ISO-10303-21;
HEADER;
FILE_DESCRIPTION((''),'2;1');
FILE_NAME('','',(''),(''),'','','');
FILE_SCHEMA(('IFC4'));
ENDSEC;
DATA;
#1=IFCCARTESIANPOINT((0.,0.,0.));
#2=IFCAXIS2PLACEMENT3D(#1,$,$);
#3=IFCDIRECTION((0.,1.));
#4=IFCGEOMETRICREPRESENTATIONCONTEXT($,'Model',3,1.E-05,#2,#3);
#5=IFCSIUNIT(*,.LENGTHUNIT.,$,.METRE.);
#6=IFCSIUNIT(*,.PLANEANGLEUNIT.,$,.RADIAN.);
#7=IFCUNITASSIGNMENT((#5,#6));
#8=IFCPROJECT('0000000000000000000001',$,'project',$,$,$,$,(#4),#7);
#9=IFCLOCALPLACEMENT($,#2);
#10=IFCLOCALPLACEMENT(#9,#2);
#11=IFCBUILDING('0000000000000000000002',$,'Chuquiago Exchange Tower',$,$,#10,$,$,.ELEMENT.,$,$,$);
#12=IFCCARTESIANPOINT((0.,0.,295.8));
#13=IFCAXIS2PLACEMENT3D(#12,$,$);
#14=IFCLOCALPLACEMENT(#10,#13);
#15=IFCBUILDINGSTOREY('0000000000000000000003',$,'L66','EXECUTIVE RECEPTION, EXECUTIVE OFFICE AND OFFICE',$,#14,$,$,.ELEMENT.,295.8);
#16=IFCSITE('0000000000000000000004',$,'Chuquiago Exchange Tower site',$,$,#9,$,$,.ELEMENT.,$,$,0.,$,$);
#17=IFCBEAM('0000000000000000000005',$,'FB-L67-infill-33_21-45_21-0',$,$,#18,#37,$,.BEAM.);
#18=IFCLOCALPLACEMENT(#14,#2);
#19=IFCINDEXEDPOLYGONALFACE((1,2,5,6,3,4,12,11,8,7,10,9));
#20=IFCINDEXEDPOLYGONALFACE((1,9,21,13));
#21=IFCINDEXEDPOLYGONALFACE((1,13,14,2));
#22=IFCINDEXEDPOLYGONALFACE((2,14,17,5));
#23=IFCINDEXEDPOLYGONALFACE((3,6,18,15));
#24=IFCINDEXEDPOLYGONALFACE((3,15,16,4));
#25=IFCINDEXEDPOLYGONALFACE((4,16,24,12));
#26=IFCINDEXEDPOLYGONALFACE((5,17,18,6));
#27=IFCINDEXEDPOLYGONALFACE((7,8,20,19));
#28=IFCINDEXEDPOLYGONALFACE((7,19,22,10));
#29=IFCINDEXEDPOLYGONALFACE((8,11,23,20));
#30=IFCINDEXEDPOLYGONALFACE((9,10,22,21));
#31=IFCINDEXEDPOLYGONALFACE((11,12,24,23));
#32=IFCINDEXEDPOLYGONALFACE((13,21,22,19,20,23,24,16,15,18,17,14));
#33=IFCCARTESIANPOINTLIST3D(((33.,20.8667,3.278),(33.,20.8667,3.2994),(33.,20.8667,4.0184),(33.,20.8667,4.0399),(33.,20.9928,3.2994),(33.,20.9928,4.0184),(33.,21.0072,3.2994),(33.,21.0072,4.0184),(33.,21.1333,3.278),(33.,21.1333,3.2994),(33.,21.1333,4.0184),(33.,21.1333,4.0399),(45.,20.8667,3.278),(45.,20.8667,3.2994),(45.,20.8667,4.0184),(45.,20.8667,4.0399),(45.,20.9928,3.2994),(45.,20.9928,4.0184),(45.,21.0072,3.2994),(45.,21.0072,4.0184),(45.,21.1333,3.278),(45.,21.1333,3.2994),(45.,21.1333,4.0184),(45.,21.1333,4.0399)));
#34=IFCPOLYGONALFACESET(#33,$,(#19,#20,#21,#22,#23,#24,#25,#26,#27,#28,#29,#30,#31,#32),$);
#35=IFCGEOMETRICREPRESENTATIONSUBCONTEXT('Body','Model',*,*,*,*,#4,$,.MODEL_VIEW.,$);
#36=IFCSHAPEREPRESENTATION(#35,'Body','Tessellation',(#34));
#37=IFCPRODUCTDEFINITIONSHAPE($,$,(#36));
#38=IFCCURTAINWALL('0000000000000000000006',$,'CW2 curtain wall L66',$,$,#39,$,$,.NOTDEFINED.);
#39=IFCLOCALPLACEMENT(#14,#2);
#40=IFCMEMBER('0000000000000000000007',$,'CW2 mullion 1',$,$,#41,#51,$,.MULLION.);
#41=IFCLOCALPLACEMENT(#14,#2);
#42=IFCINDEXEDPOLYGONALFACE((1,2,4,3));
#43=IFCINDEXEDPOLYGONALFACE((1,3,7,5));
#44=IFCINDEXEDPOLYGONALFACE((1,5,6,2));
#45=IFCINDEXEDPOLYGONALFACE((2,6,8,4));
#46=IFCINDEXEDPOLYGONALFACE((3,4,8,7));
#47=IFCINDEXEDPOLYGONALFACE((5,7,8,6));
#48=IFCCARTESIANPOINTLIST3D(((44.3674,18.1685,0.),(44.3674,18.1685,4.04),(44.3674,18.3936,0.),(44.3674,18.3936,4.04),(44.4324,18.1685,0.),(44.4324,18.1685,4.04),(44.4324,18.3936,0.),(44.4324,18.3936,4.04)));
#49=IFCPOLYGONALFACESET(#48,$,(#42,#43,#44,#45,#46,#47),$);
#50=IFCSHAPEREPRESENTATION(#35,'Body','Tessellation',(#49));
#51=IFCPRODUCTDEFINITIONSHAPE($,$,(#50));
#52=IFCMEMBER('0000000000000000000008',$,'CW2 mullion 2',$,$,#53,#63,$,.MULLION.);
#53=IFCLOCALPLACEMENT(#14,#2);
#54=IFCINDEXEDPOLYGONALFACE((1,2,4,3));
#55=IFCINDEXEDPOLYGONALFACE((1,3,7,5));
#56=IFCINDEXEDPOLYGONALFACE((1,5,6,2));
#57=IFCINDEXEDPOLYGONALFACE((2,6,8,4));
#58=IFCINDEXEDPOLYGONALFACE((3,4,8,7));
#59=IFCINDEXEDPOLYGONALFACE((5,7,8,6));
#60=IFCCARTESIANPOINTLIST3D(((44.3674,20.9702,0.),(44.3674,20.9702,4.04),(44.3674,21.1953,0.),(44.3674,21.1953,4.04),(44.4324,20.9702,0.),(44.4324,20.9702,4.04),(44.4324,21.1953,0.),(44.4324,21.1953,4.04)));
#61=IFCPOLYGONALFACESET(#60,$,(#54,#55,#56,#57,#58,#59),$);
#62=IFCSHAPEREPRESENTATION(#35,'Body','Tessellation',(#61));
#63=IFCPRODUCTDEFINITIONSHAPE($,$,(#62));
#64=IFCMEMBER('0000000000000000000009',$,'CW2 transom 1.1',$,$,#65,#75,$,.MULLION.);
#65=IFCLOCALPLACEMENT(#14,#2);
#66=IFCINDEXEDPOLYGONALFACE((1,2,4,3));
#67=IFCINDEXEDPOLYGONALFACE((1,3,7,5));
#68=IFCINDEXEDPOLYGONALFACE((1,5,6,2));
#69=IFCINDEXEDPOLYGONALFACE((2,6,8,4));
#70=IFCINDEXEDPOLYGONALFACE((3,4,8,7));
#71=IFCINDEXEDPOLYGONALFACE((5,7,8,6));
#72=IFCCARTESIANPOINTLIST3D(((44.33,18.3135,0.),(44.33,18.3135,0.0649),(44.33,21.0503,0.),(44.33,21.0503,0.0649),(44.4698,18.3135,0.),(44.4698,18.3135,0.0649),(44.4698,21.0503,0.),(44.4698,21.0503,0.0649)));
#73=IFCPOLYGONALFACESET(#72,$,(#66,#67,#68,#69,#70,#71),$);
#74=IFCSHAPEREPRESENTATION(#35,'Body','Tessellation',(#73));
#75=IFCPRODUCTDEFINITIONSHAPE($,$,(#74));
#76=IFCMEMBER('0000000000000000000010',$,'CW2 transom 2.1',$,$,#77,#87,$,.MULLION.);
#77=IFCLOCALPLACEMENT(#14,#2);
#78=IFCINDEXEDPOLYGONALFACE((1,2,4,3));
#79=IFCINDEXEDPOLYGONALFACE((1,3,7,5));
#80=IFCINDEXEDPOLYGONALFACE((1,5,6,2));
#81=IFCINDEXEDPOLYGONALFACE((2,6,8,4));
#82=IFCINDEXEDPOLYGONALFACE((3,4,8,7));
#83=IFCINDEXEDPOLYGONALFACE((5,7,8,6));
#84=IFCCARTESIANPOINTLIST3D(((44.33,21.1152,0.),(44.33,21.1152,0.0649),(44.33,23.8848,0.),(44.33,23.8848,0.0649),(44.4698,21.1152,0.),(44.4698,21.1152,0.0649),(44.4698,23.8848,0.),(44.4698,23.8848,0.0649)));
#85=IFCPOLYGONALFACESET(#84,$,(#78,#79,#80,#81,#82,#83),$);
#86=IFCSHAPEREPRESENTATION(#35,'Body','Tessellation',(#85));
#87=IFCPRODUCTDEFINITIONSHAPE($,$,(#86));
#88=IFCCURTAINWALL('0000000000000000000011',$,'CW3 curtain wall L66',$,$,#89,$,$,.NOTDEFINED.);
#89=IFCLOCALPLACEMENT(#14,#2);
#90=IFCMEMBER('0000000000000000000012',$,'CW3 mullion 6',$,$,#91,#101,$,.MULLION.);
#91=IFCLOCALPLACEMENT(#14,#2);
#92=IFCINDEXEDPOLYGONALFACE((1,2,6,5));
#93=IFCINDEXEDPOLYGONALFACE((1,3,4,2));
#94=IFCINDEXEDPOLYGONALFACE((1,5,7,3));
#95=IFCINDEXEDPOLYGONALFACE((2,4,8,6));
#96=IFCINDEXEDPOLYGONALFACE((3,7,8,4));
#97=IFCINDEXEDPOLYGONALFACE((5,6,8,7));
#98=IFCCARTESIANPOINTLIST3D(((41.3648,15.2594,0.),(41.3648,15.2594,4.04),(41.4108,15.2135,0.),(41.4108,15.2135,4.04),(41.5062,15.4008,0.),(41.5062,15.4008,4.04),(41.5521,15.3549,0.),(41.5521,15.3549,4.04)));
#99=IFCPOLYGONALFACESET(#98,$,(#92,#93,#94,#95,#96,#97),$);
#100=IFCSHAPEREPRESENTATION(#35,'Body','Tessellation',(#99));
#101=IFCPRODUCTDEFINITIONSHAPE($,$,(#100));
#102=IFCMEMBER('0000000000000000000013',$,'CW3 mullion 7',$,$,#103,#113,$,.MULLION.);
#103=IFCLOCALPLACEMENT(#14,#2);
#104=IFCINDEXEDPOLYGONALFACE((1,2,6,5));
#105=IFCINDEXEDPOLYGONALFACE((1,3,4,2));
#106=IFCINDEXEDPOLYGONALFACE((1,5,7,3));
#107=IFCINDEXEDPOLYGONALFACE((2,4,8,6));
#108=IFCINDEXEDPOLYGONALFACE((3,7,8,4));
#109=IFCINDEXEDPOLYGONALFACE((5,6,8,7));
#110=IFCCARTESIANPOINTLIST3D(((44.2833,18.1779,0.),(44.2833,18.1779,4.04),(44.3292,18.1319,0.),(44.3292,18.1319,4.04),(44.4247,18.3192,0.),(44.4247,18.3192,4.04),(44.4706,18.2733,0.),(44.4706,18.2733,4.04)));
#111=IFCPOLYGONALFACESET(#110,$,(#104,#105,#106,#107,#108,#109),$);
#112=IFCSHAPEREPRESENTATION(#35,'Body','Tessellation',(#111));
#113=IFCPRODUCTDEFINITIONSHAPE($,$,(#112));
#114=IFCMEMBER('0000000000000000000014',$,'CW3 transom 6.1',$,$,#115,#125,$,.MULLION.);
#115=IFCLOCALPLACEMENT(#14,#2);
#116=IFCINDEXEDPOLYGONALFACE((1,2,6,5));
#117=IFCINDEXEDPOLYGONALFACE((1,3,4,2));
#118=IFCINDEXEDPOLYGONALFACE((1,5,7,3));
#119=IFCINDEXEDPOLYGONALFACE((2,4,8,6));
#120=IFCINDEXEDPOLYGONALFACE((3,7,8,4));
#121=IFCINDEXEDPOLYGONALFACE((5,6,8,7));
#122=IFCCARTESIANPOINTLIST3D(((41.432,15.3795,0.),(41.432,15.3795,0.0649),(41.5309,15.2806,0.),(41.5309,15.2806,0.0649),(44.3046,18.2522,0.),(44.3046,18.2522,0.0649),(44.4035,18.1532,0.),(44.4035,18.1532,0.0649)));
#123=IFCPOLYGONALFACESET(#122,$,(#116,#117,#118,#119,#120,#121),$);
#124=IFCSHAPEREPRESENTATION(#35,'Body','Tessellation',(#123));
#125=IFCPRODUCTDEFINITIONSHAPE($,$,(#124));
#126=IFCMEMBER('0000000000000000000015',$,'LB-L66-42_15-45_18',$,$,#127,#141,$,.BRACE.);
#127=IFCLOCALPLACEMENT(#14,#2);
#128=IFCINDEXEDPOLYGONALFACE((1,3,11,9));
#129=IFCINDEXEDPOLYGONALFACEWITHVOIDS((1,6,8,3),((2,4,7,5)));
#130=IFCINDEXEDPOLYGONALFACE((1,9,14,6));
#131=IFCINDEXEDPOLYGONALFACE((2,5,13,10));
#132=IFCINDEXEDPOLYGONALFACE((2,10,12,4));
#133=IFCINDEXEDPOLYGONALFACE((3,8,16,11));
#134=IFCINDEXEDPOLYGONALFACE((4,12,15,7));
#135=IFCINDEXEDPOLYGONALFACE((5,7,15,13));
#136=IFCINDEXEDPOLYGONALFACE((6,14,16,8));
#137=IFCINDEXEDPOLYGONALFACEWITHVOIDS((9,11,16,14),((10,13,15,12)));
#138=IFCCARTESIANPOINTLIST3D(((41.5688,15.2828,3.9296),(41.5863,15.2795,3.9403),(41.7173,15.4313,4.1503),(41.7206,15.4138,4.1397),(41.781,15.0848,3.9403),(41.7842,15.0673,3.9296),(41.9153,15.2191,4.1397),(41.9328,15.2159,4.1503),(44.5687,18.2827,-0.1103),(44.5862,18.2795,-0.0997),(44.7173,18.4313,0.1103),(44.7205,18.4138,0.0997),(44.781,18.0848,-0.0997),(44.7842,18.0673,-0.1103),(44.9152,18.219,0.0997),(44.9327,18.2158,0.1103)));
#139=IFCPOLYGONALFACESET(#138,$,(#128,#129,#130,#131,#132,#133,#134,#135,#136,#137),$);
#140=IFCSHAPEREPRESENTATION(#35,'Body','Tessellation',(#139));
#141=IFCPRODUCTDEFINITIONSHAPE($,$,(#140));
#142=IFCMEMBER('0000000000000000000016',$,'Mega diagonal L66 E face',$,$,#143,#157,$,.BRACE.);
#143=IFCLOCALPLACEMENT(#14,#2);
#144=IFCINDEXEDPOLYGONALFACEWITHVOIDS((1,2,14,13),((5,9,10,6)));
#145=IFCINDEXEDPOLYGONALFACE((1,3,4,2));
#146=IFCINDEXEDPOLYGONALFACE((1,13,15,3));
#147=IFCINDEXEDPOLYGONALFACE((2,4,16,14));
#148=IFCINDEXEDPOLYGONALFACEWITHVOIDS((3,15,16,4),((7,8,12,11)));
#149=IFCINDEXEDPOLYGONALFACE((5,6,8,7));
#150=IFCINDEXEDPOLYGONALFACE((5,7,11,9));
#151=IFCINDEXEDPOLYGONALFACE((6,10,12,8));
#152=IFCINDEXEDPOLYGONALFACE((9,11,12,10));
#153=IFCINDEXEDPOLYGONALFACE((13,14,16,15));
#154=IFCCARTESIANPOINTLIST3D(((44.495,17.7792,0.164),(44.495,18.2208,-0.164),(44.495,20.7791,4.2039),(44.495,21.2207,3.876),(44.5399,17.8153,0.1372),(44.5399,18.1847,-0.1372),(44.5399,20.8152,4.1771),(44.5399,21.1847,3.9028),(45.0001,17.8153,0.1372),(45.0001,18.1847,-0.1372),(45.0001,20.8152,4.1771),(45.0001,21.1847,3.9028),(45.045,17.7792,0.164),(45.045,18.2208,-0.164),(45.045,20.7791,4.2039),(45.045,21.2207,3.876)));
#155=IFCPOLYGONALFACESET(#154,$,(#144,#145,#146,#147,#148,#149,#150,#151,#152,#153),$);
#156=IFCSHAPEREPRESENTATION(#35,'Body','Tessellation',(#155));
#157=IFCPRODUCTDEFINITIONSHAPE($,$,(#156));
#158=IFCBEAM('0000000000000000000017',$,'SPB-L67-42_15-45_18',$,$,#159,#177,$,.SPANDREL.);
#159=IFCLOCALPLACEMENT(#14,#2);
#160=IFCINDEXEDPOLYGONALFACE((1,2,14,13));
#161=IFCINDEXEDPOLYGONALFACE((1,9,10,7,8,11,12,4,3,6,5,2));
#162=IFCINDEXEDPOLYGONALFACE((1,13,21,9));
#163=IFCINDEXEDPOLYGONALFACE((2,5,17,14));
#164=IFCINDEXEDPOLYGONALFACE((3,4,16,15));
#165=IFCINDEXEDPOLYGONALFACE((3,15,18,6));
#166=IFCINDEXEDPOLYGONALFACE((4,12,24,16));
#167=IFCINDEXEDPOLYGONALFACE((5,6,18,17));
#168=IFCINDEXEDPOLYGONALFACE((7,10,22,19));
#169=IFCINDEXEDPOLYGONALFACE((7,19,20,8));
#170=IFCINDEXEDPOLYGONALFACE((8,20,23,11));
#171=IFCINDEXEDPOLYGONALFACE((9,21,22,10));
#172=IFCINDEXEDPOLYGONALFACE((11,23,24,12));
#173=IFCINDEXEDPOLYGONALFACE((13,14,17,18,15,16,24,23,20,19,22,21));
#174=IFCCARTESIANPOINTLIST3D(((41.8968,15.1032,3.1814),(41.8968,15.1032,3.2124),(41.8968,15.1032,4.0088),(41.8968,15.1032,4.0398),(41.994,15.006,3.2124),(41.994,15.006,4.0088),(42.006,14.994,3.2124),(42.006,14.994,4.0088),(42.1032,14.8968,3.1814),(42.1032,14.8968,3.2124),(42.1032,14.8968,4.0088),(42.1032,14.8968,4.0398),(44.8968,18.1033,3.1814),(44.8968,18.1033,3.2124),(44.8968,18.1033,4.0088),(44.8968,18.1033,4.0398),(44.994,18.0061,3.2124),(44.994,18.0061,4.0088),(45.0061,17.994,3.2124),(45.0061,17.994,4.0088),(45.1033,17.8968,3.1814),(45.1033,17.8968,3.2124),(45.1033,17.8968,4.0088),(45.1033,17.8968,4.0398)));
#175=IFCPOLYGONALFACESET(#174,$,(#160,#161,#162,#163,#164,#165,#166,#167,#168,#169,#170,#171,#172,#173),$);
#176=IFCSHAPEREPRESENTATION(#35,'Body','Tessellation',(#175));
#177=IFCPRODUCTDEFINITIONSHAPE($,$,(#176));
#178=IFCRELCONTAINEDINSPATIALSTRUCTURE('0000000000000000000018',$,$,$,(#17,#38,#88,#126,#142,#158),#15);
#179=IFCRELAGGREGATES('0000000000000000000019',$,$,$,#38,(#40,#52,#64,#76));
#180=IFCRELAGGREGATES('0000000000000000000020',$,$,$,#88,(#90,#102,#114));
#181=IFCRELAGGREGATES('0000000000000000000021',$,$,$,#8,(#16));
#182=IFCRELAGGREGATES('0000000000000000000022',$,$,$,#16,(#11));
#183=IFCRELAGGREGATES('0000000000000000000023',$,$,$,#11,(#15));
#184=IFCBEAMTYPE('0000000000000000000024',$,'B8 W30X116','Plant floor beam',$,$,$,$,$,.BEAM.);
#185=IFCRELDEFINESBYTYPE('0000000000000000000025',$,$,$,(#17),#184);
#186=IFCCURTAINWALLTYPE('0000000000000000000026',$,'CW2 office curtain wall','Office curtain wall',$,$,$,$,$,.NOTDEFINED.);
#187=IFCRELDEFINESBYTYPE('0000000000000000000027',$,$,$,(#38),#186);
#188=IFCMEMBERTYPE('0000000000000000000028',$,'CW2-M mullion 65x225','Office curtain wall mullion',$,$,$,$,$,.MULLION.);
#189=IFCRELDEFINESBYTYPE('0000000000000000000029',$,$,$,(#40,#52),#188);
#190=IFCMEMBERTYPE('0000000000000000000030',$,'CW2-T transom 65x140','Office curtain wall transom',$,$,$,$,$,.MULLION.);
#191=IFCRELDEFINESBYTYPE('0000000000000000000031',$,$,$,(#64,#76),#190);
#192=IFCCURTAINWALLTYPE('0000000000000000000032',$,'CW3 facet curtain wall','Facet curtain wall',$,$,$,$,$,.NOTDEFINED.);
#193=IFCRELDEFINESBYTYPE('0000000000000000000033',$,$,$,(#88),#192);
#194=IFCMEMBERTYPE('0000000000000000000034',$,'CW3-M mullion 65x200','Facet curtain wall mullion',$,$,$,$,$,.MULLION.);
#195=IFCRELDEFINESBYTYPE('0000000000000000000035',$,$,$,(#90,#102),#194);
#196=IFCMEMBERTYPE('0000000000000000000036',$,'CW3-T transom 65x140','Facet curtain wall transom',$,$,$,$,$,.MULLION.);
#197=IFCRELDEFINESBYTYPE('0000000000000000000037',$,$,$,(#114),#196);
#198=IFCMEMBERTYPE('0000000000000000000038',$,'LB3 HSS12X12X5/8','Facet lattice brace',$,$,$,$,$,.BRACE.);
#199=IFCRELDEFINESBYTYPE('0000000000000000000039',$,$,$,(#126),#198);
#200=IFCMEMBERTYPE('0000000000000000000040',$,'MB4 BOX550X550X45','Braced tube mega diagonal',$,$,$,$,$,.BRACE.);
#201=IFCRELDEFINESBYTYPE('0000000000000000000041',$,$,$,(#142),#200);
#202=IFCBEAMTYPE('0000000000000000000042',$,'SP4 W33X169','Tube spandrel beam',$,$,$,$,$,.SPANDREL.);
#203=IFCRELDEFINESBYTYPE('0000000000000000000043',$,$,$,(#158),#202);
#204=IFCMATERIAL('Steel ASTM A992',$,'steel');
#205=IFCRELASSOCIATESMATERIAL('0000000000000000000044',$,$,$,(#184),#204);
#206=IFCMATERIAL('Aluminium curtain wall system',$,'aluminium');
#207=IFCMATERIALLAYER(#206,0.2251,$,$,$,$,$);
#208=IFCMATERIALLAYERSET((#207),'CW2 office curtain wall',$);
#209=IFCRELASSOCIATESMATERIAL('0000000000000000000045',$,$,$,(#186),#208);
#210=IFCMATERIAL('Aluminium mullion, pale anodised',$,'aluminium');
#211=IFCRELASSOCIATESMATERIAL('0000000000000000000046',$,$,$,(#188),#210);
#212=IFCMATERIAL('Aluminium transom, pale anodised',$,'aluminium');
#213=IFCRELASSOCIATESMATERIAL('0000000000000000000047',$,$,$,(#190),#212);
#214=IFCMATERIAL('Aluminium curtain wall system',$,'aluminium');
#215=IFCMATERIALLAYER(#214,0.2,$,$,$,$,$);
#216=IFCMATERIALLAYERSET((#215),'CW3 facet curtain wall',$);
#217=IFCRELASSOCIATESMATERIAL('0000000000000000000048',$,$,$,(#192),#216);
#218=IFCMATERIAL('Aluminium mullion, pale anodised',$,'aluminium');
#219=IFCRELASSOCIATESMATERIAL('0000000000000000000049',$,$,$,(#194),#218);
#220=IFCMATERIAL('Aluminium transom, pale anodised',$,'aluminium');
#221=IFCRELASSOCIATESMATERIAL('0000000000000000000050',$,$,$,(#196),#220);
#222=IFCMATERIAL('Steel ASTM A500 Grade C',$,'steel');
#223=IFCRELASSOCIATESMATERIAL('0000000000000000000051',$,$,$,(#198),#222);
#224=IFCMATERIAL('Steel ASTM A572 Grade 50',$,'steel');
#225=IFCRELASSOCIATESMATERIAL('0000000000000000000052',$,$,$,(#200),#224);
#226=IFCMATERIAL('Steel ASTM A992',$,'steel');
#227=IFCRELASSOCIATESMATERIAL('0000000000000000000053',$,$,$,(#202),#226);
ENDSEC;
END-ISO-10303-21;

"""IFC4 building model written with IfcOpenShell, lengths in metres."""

from ifc_helpers import new_model, si_unit, direction, frame, origin, origin_2d, place, context, subcontext, project, spatial, rectangle, hollow_rectangle, i_section, extrude, material, layer, layer_set, material_profile, profile_set, type_object, element, aggregate, save


model = new_model("IFC4")

# Units and contexts
model_context = context("Model", 3, precision=1e-05, world=origin(), true_north=direction((0.0, 1.0)))
body_context = subcontext(model_context, "Body", "Model", "MODEL_VIEW")
ifc_project = project(units=[si_unit("LENGTHUNIT", "METRE"), si_unit("PLANEANGLEUNIT", "RADIAN")], contexts=[model_context])

# Site, building, storey
site_placement = place(None, origin())
site = spatial("IfcSite", under=ifc_project, at=site_placement, Name="Chuquiago Exchange Tower site", CompositionType="ELEMENT", RefElevation=0.0)
building_placement = place(site_placement, origin())
building = spatial("IfcBuilding", under=site, at=building_placement, Name="Chuquiago Exchange Tower", CompositionType="ELEMENT")
storey_placement = place(building_placement, frame((0.0, 0.0, 295.8)))
storey = spatial("IfcBuildingStorey", under=building, at=storey_placement, Name="L66", Description="EXECUTIVE RECEPTION, EXECUTIVE OFFICE AND OFFICE", CompositionType="ELEMENT", Elevation=295.8)

# Beam
ifc_material_1 = material(Name="Steel ASTM A992", Category="steel")
ifc_material_profile_1 = material_profile(ifc_material_1, i_section(OverallWidth=0.2666, OverallDepth=0.762, WebThickness=0.0144, FlangeThickness=0.0215, at=origin_2d()), Name="W30X116")
ifc_profile_set_1 = profile_set([ifc_material_profile_1], Name="Steel ASTM A992")
beam_type_1 = type_object("IfcBeamType", Name="B8 W30X116", Description="Plant floor beam", PredefinedType="BEAM", material=ifc_profile_set_1)
for number, where, z_axis, x_axis, name in (
    (1, (33.0, 21.0, 3.6589), (1.0, 0.0, 0.0), (0.0, 1.0, 0.0), "FB-L67-infill-33_21-45_21-0"),
):
    element("IfcBeam", number, at=place(storey_placement, frame(where, z_axis=z_axis, x_axis=x_axis)), inside=storey, type_object=beam_type_1, Name=name, PredefinedType="BEAM", context=body_context, shape_type="SweptSolid", body=[
        extrude(i_section(OverallWidth=0.2666, OverallDepth=0.762, WebThickness=0.0144, FlangeThickness=0.0215, at=origin_2d()), origin(), (0.0, 0.0, 1.0), 12.0),
    ])

# Curtain walls, members
ifc_material_2 = material(Name="Aluminium curtain wall system", Category="aluminium")
ifc_layer_1 = layer(ifc_material_2, 0.2251)
ifc_layer_set_1 = layer_set([ifc_layer_1], Name="CW2 office curtain wall")
curtain_wall_type_1 = type_object("IfcCurtainWallType", Name="CW2 office curtain wall", Description="Office curtain wall", PredefinedType="NOTDEFINED", material=ifc_layer_set_1)
curtain_wall_1_placement = place(storey_placement, origin())
curtain_wall_1 = element("IfcCurtainWall", 2, at=curtain_wall_1_placement, inside=storey, type_object=curtain_wall_type_1, Name="CW2 curtain wall L66", PredefinedType="NOTDEFINED")
ifc_material_3 = material(Name="Aluminium mullion, pale anodised", Category="aluminium")
ifc_material_profile_2 = material_profile(ifc_material_3, rectangle(XDim=0.0649, YDim=0.2251, at=origin_2d()), Name="AL 65x225")
ifc_profile_set_2 = profile_set([ifc_material_profile_2], Name="Aluminium mullion, pale anodised")
member_type_1 = type_object("IfcMemberType", Name="CW2-M mullion 65x225", Description="Office curtain wall mullion", PredefinedType="MULLION", material=ifc_profile_set_2)
member_1_placement = place(storey_placement, frame((44.3999, 18.281, 0.0), z_axis=(0.0, 0.0, 1.0), x_axis=(-1.0, 0.0, 0.0)))
member_1 = element("IfcMember", 3, at=member_1_placement, type_object=member_type_1, Name="CW2 mullion 1", PredefinedType="MULLION", context=body_context, shape_type="SweptSolid", body=[
    extrude(rectangle(XDim=0.0649, YDim=0.2251, at=origin_2d()), origin(), (0.0, 0.0, 1.0), 4.04),
])
member_2_placement = place(storey_placement, frame((44.3999, 21.0828, 0.0), z_axis=(0.0, 0.0, 1.0), x_axis=(-1.0, 0.0, 0.0)))
member_2 = element("IfcMember", 4, at=member_2_placement, type_object=member_type_1, Name="CW2 mullion 2", PredefinedType="MULLION", context=body_context, shape_type="SweptSolid", body=[
    extrude(rectangle(XDim=0.0649, YDim=0.2251, at=origin_2d()), origin(), (0.0, 0.0, 1.0), 4.04),
])
ifc_material_4 = material(Name="Aluminium transom, pale anodised", Category="aluminium")
ifc_material_profile_3 = material_profile(ifc_material_4, rectangle(XDim=0.1399, YDim=0.0649, at=origin_2d()), Name="AL 140x65")
ifc_profile_set_3 = profile_set([ifc_material_profile_3], Name="Aluminium transom, pale anodised")
member_type_2 = type_object("IfcMemberType", Name="CW2-T transom 65x140", Description="Office curtain wall transom", PredefinedType="MULLION", material=ifc_profile_set_3)
member_3_placement = place(storey_placement, frame((44.3999, 18.3135, 0.0325), z_axis=(0.0, 1.0, 0.0), x_axis=(-1.0, 0.0, 0.0)))
member_3 = element("IfcMember", 5, at=member_3_placement, type_object=member_type_2, Name="CW2 transom 1.1", PredefinedType="MULLION", context=body_context, shape_type="SweptSolid", body=[
    extrude(rectangle(XDim=0.1399, YDim=0.0649, at=origin_2d()), origin(), (0.0, 0.0, 1.0), 2.7368),
])
member_4_placement = place(storey_placement, frame((44.3999, 21.1152, 0.0325), z_axis=(0.0, 1.0, 0.0), x_axis=(-1.0, 0.0, 0.0)))
member_4 = element("IfcMember", 6, at=member_4_placement, type_object=member_type_2, Name="CW2 transom 2.1", PredefinedType="MULLION", context=body_context, shape_type="SweptSolid", body=[
    extrude(rectangle(XDim=0.1399, YDim=0.0649, at=origin_2d()), origin(), (0.0, 0.0, 1.0), 2.7695),
])
ifc_material_5 = material(Name="Aluminium curtain wall system", Category="aluminium")
ifc_layer_2 = layer(ifc_material_5, 0.2)
ifc_layer_set_2 = layer_set([ifc_layer_2], Name="CW3 facet curtain wall")
curtain_wall_type_2 = type_object("IfcCurtainWallType", Name="CW3 facet curtain wall", Description="Facet curtain wall", PredefinedType="NOTDEFINED", material=ifc_layer_set_2)
curtain_wall_2_placement = place(storey_placement, origin())
curtain_wall_2 = element("IfcCurtainWall", 7, at=curtain_wall_2_placement, inside=storey, type_object=curtain_wall_type_2, Name="CW3 curtain wall L66", PredefinedType="NOTDEFINED")
ifc_material_6 = material(Name="Aluminium mullion, pale anodised", Category="aluminium")
ifc_material_profile_4 = material_profile(ifc_material_6, rectangle(XDim=0.0649, YDim=0.2, at=origin_2d()), Name="AL 65x200")
ifc_profile_set_4 = profile_set([ifc_material_profile_4], Name="Aluminium mullion, pale anodised")
member_type_3 = type_object("IfcMemberType", Name="CW3-M mullion 65x200", Description="Facet curtain wall mullion", PredefinedType="MULLION", material=ifc_profile_set_4)
member_5_placement = place(storey_placement, frame((41.4585, 15.3071, 0.0), z_axis=(0.0, 0.0, 1.0), x_axis=(-0.707107, 0.707107, 0.0)))
member_5 = element("IfcMember", 8, at=member_5_placement, type_object=member_type_3, Name="CW3 mullion 6", PredefinedType="MULLION", context=body_context, shape_type="SweptSolid", body=[
    extrude(rectangle(XDim=0.0649, YDim=0.2, at=origin_2d()), origin(), (0.0, 0.0, 1.0), 4.04),
])
member_6_placement = place(storey_placement, frame((44.377, 18.2256, 0.0), z_axis=(0.0, 0.0, 1.0), x_axis=(-0.707107, 0.707107, 0.0)))
member_6 = element("IfcMember", 9, at=member_6_placement, type_object=member_type_3, Name="CW3 mullion 7", PredefinedType="MULLION", context=body_context, shape_type="SweptSolid", body=[
    extrude(rectangle(XDim=0.0649, YDim=0.2, at=origin_2d()), origin(), (0.0, 0.0, 1.0), 4.04),
])
ifc_material_7 = material(Name="Aluminium transom, pale anodised", Category="aluminium")
ifc_material_profile_5 = material_profile(ifc_material_7, rectangle(XDim=0.1399, YDim=0.0649, at=origin_2d()), Name="AL 140x65")
ifc_profile_set_5 = profile_set([ifc_material_profile_5], Name="Aluminium transom, pale anodised")
member_type_4 = type_object("IfcMemberType", Name="CW3-T transom 65x140", Description="Facet curtain wall transom", PredefinedType="MULLION", material=ifc_profile_set_5)
member_7_placement = place(storey_placement, frame((41.4814, 15.3301, 0.0325), z_axis=(0.707107, 0.707107, 0.0), x_axis=(-0.707107, 0.707107, 0.0)))
member_7 = element("IfcMember", 10, at=member_7_placement, type_object=member_type_4, Name="CW3 transom 6.1", PredefinedType="MULLION", context=body_context, shape_type="SweptSolid", body=[
    extrude(rectangle(XDim=0.1399, YDim=0.0649, at=origin_2d()), origin(), (0.0, 0.0, 1.0), 4.0625),
])

# Members
ifc_material_8 = material(Name="Steel ASTM A500 Grade C", Category="steel")
ifc_material_profile_6 = material_profile(ifc_material_8, hollow_rectangle(XDim=0.3047, YDim=0.3047, WallThickness=0.0146, at=origin_2d()), Name="HSS12X12X5/8")
ifc_profile_set_6 = profile_set([ifc_material_profile_6], Name="Steel ASTM A500 Grade C")
member_type_5 = type_object("IfcMemberType", Name="LB3 HSS12X12X5/8", Description="Facet lattice brace", PredefinedType="BRACE", material=ifc_profile_set_6)
member_8_placement = place(storey_placement, frame((44.7507, 18.2493, 0.0), z_axis=(-0.512077, -0.512077, 0.689604), x_axis=(0.707107, -0.707107, 0.0)))
element("IfcMember", 11, at=member_8_placement, inside=storey, type_object=member_type_5, Name="LB-L66-42_15-45_18", PredefinedType="BRACE", context=body_context, shape_type="SweptSolid", body=[
    extrude(hollow_rectangle(XDim=0.3047, YDim=0.3047, WallThickness=0.0146, at=origin_2d()), origin(), (0.0, 0.0, 1.0), 5.8584),
])
ifc_material_9 = material(Name="Steel ASTM A572 Grade 50", Category="steel")
ifc_material_profile_7 = material_profile(ifc_material_9, hollow_rectangle(XDim=0.55, YDim=0.55, WallThickness=0.0449, at=origin_2d()), Name="BOX550X550X45")
ifc_profile_set_7 = profile_set([ifc_material_profile_7], Name="Steel ASTM A572 Grade 50")
member_type_6 = type_object("IfcMemberType", Name="MB4 BOX550X550X45", Description="Braced tube mega diagonal", PredefinedType="BRACE", material=ifc_profile_set_7)
member_9_placement = place(storey_placement, frame((44.77, 18.0, 0.0), z_axis=(0.0, 0.596174, 0.802855), x_axis=(-1.0, 0.0, 0.0)))
element("IfcMember", 12, at=member_9_placement, inside=storey, type_object=member_type_6, Name="Mega diagonal L66 E face", PredefinedType="BRACE", context=body_context, shape_type="SweptSolid", body=[
    extrude(hollow_rectangle(XDim=0.55, YDim=0.55, WallThickness=0.0449, at=origin_2d()), origin(), (0.0, 0.0, 1.0), 5.032),
])

# Beam
ifc_material_10 = material(Name="Steel ASTM A992", Category="steel")
ifc_material_profile_8 = material_profile(ifc_material_10, i_section(OverallWidth=0.292, OverallDepth=0.8584, WebThickness=0.0171, FlangeThickness=0.031, at=origin_2d()), Name="W33X169")
ifc_profile_set_8 = profile_set([ifc_material_profile_8], Name="Steel ASTM A992")
beam_type_2 = type_object("IfcBeamType", Name="SP4 W33X169", Description="Tube spandrel beam", PredefinedType="SPANDREL", material=ifc_profile_set_8)
beam_1_placement = place(storey_placement, frame((42.0, 15.0, 3.6106), z_axis=(0.707107, 0.707107, 0.0), x_axis=(-0.707107, 0.707107, 0.0)))
element("IfcBeam", 13, at=beam_1_placement, inside=storey, type_object=beam_type_2, Name="SPB-L67-42_15-45_18", PredefinedType="SPANDREL", context=body_context, shape_type="SweptSolid", body=[
    extrude(i_section(OverallWidth=0.292, OverallDepth=0.8584, WebThickness=0.0171, FlangeThickness=0.031, at=origin_2d()), origin(), (0.0, 0.0, 1.0), 4.2427),
])

aggregate(curtain_wall_1, [member_1, member_2, member_3, member_4])
aggregate(curtain_wall_2, [member_5, member_6, member_7])

save(model, "model.ifc")
